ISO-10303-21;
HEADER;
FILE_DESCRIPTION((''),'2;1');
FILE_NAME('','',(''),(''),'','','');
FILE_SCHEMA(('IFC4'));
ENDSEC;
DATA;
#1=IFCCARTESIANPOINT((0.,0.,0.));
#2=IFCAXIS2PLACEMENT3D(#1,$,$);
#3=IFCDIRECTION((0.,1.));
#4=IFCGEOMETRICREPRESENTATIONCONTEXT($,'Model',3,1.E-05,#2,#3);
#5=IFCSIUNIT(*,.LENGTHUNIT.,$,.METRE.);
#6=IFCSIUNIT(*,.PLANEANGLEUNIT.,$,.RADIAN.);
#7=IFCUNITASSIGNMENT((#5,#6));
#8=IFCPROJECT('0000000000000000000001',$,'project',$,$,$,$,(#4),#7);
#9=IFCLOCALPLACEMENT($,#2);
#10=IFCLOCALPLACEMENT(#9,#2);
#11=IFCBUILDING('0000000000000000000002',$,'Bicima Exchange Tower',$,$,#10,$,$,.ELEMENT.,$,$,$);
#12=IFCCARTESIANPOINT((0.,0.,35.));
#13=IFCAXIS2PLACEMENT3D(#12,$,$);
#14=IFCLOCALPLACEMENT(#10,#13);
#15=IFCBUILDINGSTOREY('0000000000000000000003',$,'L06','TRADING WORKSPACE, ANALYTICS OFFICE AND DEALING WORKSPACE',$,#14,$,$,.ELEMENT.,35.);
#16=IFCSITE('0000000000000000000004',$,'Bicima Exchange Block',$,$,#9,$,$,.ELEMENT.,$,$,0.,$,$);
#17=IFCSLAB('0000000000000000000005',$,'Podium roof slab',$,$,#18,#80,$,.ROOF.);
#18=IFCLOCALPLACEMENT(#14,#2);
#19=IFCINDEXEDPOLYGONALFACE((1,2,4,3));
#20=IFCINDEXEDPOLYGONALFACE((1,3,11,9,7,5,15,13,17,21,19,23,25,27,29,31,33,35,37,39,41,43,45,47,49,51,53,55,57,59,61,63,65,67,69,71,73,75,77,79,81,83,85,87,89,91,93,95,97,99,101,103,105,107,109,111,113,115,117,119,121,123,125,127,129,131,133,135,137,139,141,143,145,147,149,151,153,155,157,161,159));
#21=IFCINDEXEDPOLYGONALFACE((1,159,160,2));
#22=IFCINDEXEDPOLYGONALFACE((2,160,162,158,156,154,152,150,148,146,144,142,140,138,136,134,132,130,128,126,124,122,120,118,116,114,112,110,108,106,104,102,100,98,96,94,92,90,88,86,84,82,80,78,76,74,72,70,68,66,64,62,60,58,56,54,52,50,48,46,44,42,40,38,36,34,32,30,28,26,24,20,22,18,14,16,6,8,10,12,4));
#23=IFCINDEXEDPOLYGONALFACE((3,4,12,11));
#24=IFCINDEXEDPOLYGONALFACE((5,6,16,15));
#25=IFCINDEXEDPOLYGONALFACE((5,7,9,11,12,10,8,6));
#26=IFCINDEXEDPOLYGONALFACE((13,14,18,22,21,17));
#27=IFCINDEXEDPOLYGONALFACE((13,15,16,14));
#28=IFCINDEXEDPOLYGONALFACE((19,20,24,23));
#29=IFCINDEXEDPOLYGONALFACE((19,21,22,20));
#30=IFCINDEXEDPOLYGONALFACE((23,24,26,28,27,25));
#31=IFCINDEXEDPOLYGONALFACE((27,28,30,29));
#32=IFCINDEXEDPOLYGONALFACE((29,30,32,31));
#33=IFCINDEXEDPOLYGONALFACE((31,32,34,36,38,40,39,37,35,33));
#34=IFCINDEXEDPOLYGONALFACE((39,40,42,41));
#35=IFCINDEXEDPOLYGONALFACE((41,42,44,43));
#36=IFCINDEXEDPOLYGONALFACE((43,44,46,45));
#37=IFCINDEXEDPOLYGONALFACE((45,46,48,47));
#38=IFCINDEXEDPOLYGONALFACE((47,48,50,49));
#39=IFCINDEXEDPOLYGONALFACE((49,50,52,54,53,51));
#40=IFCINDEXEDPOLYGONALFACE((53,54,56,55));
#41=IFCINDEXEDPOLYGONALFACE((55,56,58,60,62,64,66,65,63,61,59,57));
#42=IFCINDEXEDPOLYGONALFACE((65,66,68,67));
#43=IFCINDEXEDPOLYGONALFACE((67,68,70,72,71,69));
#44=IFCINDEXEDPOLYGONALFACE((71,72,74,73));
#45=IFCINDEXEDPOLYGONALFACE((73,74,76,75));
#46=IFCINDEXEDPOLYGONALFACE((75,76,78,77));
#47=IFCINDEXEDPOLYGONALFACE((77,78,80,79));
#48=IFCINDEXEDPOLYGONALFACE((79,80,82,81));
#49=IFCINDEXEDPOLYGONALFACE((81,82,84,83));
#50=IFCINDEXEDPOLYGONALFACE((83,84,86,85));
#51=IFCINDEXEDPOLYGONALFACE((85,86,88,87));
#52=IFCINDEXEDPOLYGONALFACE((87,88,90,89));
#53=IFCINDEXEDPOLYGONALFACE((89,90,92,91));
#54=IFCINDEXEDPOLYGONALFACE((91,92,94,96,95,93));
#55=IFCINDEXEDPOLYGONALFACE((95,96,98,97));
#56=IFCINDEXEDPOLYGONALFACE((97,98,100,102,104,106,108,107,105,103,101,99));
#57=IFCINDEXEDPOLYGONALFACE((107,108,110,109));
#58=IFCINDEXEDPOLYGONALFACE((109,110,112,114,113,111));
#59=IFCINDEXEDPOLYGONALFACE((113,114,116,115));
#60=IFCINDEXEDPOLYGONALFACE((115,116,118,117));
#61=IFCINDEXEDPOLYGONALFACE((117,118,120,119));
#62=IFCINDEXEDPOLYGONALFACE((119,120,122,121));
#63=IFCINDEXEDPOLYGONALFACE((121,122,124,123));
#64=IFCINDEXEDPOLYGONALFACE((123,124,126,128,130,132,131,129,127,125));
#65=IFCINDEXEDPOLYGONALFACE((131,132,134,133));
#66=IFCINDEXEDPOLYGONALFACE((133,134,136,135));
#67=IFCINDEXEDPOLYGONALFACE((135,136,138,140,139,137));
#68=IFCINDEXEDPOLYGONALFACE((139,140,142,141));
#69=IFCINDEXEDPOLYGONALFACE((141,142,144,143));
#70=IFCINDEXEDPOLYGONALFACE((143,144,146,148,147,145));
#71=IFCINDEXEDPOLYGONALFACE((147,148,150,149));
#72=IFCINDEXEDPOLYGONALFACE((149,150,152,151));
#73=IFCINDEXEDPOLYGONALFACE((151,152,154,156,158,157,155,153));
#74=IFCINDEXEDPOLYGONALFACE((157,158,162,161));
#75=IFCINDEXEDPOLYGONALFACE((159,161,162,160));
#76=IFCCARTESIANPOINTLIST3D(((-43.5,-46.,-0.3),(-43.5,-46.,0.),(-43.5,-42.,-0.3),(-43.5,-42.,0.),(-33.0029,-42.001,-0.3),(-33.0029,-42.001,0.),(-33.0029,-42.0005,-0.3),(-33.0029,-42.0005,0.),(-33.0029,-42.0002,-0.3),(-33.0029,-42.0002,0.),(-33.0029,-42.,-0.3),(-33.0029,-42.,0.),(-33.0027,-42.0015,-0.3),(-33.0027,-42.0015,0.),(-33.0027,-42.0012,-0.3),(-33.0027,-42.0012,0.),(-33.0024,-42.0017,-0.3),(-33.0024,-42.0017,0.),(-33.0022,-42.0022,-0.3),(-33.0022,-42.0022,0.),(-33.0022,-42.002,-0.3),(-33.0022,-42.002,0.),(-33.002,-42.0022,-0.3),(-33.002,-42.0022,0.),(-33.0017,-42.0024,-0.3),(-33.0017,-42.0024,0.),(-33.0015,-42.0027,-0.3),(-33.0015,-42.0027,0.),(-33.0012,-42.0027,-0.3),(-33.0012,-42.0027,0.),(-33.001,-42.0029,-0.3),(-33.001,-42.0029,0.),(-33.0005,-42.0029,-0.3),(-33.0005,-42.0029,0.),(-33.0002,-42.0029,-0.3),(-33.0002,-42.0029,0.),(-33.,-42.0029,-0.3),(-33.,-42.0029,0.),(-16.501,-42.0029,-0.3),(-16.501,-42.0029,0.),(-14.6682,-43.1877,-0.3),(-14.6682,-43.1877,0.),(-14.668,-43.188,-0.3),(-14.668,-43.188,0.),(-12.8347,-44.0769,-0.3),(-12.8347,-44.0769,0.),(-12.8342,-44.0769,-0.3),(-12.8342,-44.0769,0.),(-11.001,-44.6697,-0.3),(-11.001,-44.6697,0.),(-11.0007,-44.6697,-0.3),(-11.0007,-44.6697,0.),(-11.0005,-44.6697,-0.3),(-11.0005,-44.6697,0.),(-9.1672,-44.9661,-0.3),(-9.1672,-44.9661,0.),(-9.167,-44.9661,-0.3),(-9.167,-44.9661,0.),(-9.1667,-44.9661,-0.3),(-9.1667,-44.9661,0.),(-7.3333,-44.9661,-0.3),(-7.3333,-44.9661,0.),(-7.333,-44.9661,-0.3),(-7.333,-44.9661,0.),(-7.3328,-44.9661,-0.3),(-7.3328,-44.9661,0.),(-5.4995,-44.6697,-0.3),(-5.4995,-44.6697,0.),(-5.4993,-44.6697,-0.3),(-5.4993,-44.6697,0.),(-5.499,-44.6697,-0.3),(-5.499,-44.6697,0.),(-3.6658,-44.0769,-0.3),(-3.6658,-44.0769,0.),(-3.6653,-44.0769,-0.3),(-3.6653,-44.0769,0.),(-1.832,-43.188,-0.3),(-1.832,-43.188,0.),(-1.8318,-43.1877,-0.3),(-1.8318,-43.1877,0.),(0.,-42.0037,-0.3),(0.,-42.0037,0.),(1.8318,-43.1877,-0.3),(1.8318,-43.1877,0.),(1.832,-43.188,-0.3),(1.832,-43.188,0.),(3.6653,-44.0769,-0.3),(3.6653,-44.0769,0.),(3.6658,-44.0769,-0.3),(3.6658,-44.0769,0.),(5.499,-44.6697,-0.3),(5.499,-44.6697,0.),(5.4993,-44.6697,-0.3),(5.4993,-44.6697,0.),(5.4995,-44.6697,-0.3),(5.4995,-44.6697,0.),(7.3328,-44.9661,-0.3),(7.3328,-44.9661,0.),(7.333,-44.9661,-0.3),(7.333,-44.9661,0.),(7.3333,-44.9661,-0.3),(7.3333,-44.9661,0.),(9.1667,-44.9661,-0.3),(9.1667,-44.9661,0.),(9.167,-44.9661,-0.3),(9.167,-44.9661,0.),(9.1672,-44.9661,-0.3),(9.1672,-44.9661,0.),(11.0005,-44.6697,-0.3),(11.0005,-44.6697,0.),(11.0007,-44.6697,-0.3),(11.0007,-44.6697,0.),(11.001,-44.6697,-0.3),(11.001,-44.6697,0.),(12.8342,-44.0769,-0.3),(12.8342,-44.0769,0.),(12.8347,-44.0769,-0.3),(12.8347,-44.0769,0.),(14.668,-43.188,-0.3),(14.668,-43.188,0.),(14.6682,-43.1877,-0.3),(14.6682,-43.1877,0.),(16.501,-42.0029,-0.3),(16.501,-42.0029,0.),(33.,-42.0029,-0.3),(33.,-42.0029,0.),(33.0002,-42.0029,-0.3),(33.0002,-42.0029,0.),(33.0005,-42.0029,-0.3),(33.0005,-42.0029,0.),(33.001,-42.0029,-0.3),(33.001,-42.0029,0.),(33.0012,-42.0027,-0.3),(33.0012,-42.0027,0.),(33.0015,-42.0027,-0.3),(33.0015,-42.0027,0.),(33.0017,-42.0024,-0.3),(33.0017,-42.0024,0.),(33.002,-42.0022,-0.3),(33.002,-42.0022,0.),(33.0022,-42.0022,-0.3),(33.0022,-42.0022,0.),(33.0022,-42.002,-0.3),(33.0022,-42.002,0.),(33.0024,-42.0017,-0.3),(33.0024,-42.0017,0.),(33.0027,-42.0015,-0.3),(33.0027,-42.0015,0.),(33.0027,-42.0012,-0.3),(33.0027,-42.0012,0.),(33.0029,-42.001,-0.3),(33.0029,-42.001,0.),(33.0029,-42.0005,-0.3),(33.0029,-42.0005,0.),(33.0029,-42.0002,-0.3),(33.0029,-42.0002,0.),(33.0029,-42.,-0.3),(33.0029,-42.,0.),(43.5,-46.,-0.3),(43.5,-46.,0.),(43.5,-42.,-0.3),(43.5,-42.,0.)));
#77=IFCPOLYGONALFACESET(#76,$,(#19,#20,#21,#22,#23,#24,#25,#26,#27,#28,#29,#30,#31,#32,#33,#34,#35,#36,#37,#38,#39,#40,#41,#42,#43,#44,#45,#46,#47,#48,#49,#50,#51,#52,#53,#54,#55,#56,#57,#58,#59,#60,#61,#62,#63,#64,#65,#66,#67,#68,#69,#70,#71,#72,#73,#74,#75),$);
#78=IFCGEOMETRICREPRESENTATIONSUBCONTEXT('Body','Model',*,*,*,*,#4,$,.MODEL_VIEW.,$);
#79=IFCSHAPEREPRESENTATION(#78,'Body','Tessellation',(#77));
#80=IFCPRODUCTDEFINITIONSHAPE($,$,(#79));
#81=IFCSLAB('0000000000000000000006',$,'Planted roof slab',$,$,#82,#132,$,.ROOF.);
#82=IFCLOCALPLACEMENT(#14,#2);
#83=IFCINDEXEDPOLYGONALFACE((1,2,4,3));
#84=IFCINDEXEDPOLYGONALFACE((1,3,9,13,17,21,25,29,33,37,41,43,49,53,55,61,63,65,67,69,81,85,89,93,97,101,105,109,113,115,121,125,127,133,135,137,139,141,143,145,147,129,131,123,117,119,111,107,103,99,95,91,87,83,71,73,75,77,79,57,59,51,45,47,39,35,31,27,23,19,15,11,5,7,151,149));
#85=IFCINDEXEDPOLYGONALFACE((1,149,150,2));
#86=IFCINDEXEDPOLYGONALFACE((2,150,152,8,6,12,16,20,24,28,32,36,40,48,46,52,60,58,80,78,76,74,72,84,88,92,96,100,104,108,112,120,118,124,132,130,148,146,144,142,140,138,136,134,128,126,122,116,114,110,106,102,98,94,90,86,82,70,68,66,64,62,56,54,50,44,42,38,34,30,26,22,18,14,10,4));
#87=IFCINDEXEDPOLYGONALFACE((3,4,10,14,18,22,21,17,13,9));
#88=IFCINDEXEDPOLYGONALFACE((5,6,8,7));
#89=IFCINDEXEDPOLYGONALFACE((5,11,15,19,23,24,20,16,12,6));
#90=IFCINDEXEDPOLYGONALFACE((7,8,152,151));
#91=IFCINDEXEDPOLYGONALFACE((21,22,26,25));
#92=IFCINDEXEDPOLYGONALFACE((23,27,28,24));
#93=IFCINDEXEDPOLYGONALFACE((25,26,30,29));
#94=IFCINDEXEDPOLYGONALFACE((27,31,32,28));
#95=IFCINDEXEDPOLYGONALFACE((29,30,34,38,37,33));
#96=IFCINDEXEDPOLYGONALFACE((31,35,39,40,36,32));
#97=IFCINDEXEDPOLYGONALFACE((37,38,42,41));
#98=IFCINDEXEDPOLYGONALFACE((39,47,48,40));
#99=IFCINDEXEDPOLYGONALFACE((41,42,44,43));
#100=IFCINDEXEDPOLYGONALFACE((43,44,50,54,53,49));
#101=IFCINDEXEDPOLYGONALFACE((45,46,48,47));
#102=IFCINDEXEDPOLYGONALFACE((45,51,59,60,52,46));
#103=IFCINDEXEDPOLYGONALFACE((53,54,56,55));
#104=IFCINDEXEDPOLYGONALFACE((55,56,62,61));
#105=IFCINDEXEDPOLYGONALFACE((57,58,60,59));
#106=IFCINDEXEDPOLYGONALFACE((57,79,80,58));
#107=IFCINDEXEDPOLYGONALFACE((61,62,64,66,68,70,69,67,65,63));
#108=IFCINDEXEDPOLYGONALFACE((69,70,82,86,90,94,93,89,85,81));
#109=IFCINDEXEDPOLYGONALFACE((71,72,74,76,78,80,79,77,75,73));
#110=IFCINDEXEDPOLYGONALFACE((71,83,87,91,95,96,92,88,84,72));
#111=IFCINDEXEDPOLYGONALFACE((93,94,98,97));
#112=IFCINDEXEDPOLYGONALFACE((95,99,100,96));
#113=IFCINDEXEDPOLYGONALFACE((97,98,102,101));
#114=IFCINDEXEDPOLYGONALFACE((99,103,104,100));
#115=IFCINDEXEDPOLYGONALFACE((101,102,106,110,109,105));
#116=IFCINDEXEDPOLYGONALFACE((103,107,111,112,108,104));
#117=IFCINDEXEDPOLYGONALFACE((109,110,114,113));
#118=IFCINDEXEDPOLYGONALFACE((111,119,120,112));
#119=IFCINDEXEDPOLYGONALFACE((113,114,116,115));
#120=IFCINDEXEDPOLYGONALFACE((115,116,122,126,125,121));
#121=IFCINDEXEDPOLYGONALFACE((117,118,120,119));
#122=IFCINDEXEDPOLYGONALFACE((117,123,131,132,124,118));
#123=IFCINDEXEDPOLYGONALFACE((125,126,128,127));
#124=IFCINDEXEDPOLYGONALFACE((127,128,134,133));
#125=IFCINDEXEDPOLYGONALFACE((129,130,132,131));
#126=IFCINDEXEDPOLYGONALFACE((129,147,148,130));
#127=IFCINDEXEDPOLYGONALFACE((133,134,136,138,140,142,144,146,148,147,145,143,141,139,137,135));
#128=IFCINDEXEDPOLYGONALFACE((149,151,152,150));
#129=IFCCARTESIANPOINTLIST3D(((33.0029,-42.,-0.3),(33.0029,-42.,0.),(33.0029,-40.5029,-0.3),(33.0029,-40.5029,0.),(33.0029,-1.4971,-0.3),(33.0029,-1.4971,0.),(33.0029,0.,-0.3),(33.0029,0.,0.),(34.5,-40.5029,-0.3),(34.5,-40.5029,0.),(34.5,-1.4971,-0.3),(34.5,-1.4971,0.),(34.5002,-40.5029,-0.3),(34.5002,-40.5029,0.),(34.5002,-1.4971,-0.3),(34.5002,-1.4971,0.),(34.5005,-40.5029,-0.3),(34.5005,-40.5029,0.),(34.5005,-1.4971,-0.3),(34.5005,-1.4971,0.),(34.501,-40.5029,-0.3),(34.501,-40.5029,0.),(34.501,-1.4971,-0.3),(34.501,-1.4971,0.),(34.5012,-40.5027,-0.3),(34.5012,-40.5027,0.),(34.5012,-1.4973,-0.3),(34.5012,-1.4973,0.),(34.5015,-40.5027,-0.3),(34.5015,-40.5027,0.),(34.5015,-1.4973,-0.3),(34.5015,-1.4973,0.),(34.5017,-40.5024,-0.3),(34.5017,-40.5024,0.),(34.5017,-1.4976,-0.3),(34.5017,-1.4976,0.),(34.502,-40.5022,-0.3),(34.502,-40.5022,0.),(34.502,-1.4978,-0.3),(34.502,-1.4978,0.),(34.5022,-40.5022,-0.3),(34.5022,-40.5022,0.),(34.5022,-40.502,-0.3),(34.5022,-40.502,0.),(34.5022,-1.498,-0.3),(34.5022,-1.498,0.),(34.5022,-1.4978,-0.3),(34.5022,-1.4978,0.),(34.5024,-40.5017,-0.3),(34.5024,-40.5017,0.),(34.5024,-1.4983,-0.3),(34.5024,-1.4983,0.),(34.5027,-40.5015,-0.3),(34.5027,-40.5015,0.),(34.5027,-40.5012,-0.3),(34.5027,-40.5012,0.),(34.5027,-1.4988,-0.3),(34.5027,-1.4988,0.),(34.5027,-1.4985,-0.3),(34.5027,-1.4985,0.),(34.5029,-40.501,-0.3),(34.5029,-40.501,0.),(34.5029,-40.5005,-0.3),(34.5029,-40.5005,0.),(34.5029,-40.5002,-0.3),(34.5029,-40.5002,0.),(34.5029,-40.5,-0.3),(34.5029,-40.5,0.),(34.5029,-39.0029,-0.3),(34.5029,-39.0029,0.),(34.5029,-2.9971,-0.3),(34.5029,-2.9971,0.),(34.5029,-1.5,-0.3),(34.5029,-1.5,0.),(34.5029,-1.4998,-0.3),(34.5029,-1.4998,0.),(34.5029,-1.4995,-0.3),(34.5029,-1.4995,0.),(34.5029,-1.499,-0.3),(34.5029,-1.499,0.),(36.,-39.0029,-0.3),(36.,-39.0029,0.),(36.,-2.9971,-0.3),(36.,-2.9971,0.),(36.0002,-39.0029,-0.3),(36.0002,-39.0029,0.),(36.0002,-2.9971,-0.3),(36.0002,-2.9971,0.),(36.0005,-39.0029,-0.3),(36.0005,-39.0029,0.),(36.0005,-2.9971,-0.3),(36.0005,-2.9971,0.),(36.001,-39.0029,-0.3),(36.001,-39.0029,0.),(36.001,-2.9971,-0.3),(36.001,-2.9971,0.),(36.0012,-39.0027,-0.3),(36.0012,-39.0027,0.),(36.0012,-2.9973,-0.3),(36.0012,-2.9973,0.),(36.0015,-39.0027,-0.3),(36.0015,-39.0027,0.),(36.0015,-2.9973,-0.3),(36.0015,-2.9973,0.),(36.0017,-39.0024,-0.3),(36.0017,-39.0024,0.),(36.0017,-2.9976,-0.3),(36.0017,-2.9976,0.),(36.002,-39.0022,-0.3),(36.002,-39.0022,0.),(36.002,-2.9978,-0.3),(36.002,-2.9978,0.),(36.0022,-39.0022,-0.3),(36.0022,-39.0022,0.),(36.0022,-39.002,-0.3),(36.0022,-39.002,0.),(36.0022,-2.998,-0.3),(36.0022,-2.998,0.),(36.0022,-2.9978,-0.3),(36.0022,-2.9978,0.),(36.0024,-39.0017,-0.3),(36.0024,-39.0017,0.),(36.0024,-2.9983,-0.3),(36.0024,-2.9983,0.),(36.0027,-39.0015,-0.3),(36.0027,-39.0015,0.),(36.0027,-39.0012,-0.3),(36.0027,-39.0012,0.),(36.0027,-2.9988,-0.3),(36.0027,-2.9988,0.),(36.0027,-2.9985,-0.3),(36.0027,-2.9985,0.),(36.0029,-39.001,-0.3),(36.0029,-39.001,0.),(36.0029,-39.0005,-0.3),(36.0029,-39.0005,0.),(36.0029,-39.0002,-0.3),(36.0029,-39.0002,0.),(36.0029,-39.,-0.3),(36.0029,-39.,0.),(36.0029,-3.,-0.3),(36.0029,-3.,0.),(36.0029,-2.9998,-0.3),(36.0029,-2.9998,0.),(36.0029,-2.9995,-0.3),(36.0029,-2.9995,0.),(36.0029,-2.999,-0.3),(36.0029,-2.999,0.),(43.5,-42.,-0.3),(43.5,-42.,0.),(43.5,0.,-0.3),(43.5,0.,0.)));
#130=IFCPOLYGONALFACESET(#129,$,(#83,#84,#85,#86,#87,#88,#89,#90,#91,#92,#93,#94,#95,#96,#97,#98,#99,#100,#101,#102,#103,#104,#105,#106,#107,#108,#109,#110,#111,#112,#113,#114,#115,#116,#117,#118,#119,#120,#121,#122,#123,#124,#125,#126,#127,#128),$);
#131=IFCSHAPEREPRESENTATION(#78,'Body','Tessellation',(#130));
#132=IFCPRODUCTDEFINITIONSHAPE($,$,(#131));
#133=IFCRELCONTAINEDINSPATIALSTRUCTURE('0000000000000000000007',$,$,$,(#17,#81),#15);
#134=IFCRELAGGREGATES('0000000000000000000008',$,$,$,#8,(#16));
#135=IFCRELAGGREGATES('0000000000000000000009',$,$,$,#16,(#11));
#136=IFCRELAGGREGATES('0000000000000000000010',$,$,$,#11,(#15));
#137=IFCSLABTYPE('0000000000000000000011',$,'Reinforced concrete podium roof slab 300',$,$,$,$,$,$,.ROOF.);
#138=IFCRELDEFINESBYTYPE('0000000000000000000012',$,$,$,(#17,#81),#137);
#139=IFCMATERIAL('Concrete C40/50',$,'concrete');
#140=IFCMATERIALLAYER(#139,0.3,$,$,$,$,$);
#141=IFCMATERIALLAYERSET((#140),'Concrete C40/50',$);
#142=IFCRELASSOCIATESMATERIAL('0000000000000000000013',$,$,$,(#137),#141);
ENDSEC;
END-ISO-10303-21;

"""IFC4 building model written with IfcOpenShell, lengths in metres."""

from ifc_helpers import new_model, si_unit, direction, frame, origin, place, context, subcontext, project, spatial, polyline, outline, extrude, material, layer, layer_set, type_object, element, save


model = new_model("IFC4")

# Units and contexts
model_context = context("Model", 3, precision=1e-05, world=origin(), true_north=direction((0.0, 1.0)))
body_context = subcontext(model_context, "Body", "Model", "MODEL_VIEW")
ifc_project = project(units=[si_unit("LENGTHUNIT", "METRE"), si_unit("PLANEANGLEUNIT", "RADIAN")], contexts=[model_context])

# Site, building, storey
site_placement = place(None, origin())
site = spatial("IfcSite", under=ifc_project, at=site_placement, Name="Bicima Exchange Block", CompositionType="ELEMENT", RefElevation=0.0)
building_placement = place(site_placement, origin())
building = spatial("IfcBuilding", under=site, at=building_placement, Name="Bicima Exchange Tower", CompositionType="ELEMENT")
storey_placement = place(building_placement, frame((0.0, 0.0, 35.0)))
storey = spatial("IfcBuildingStorey", under=building, at=storey_placement, Name="L06", Description="TRADING WORKSPACE, ANALYTICS OFFICE AND DEALING WORKSPACE", CompositionType="ELEMENT", Elevation=35.0)

# Slabs
ifc_material_1 = material(Name="Concrete C40/50", Category="concrete")
ifc_layer_1 = layer(ifc_material_1, 0.3)
ifc_layer_set_1 = layer_set([ifc_layer_1], Name="Concrete C40/50")
slab_type = type_object("IfcSlabType", Name="Reinforced concrete podium roof slab 300", PredefinedType="ROOF", material=ifc_layer_set_1)
slab_1_placement = place(storey_placement, frame((0.0, 0.0, -0.3)))
element("IfcSlab", 1, at=slab_1_placement, inside=storey, type_object=slab_type, Name="Podium roof slab", PredefinedType="ROOF", context=body_context, shape_type="SweptSolid", body=[
    extrude(outline(polyline([(43.5, -42.0), (33.0029, -42.0), (33.0029, -42.0002), (33.0029, -42.0005), (33.0029, -42.001), (33.0027, -42.0012), (33.0027, -42.0015), (33.0024, -42.0017), (33.0022, -42.002), (33.0022, -42.0022), (33.002, -42.0022), (33.0017, -42.0024), (33.0015, -42.0027), (33.0012, -42.0027), (33.001, -42.0029), (33.0005, -42.0029), (33.0002, -42.0029), (33.0, -42.0029), (16.501, -42.0029), (14.6682, -43.1877), (14.668, -43.188), (12.8347, -44.0769), (12.8342, -44.0769), (11.001, -44.6697), (11.0007, -44.6697), (11.0005, -44.6697), (9.1672, -44.9661), (9.167, -44.9661), (9.1667, -44.9661), (7.3333, -44.9661), (7.333, -44.9661), (7.3328, -44.9661), (5.4995, -44.6697), (5.4993, -44.6697), (5.499, -44.6697), (3.6658, -44.0769), (3.6653, -44.0769), (1.832, -43.188), (1.8318, -43.1877), (0.0, -42.0037), (-1.8318, -43.1877), (-1.832, -43.188), (-3.6653, -44.0769), (-3.6658, -44.0769), (-5.499, -44.6697), (-5.4993, -44.6697), (-5.4995, -44.6697), (-7.3328, -44.9661), (-7.333, -44.9661), (-7.3333, -44.9661), (-9.1667, -44.9661), (-9.167, -44.9661), (-9.1672, -44.9661), (-11.0005, -44.6697), (-11.0007, -44.6697), (-11.001, -44.6697), (-12.8342, -44.0769), (-12.8347, -44.0769), (-14.668, -43.188), (-14.6682, -43.1877), (-16.501, -42.0029), (-33.0, -42.0029), (-33.0002, -42.0029), (-33.0005, -42.0029), (-33.001, -42.0029), (-33.0012, -42.0027), (-33.0015, -42.0027), (-33.0017, -42.0024), (-33.002, -42.0022), (-33.0022, -42.0022), (-33.0022, -42.002), (-33.0024, -42.0017), (-33.0027, -42.0015), (-33.0027, -42.0012), (-33.0029, -42.001), (-33.0029, -42.0005), (-33.0029, -42.0002), (-33.0029, -42.0), (-43.5, -42.0), (-43.5, -46.0), (43.5, -46.0), (43.5, -42.0)])), origin(), (0.0, 0.0, 1.0), 0.3),
])
slab_2_placement = place(storey_placement, frame((0.0, 0.0, -0.3)))
element("IfcSlab", 2, at=slab_2_placement, inside=storey, type_object=slab_type, Name="Planted roof slab", PredefinedType="ROOF", context=body_context, shape_type="SweptSolid", body=[
    extrude(outline(polyline([(43.5, -42.0), (43.5, 0.0), (33.0029, 0.0), (33.0029, -1.4971), (34.5, -1.4971), (34.5002, -1.4971), (34.5005, -1.4971), (34.501, -1.4971), (34.5012, -1.4973), (34.5015, -1.4973), (34.5017, -1.4976), (34.502, -1.4978), (34.5022, -1.4978), (34.5022, -1.498), (34.5024, -1.4983), (34.5027, -1.4985), (34.5027, -1.4988), (34.5029, -1.499), (34.5029, -1.4995), (34.5029, -1.4998), (34.5029, -1.5), (34.5029, -2.9971), (36.0, -2.9971), (36.0002, -2.9971), (36.0005, -2.9971), (36.001, -2.9971), (36.0012, -2.9973), (36.0015, -2.9973), (36.0017, -2.9976), (36.002, -2.9978), (36.0022, -2.9978), (36.0022, -2.998), (36.0024, -2.9983), (36.0027, -2.9985), (36.0027, -2.9988), (36.0029, -2.999), (36.0029, -2.9995), (36.0029, -2.9998), (36.0029, -3.0), (36.0029, -39.0), (36.0029, -39.0002), (36.0029, -39.0005), (36.0029, -39.001), (36.0027, -39.0012), (36.0027, -39.0015), (36.0024, -39.0017), (36.0022, -39.002), (36.0022, -39.0022), (36.002, -39.0022), (36.0017, -39.0024), (36.0015, -39.0027), (36.0012, -39.0027), (36.001, -39.0029), (36.0005, -39.0029), (36.0002, -39.0029), (36.0, -39.0029), (34.5029, -39.0029), (34.5029, -40.5), (34.5029, -40.5002), (34.5029, -40.5005), (34.5029, -40.501), (34.5027, -40.5012), (34.5027, -40.5015), (34.5024, -40.5017), (34.5022, -40.502), (34.5022, -40.5022), (34.502, -40.5022), (34.5017, -40.5024), (34.5015, -40.5027), (34.5012, -40.5027), (34.501, -40.5029), (34.5005, -40.5029), (34.5002, -40.5029), (34.5, -40.5029), (33.0029, -40.5029), (33.0029, -42.0), (43.5, -42.0)])), origin(), (0.0, 0.0, 1.0), 0.3),
])

save(model, "model.ifc")
